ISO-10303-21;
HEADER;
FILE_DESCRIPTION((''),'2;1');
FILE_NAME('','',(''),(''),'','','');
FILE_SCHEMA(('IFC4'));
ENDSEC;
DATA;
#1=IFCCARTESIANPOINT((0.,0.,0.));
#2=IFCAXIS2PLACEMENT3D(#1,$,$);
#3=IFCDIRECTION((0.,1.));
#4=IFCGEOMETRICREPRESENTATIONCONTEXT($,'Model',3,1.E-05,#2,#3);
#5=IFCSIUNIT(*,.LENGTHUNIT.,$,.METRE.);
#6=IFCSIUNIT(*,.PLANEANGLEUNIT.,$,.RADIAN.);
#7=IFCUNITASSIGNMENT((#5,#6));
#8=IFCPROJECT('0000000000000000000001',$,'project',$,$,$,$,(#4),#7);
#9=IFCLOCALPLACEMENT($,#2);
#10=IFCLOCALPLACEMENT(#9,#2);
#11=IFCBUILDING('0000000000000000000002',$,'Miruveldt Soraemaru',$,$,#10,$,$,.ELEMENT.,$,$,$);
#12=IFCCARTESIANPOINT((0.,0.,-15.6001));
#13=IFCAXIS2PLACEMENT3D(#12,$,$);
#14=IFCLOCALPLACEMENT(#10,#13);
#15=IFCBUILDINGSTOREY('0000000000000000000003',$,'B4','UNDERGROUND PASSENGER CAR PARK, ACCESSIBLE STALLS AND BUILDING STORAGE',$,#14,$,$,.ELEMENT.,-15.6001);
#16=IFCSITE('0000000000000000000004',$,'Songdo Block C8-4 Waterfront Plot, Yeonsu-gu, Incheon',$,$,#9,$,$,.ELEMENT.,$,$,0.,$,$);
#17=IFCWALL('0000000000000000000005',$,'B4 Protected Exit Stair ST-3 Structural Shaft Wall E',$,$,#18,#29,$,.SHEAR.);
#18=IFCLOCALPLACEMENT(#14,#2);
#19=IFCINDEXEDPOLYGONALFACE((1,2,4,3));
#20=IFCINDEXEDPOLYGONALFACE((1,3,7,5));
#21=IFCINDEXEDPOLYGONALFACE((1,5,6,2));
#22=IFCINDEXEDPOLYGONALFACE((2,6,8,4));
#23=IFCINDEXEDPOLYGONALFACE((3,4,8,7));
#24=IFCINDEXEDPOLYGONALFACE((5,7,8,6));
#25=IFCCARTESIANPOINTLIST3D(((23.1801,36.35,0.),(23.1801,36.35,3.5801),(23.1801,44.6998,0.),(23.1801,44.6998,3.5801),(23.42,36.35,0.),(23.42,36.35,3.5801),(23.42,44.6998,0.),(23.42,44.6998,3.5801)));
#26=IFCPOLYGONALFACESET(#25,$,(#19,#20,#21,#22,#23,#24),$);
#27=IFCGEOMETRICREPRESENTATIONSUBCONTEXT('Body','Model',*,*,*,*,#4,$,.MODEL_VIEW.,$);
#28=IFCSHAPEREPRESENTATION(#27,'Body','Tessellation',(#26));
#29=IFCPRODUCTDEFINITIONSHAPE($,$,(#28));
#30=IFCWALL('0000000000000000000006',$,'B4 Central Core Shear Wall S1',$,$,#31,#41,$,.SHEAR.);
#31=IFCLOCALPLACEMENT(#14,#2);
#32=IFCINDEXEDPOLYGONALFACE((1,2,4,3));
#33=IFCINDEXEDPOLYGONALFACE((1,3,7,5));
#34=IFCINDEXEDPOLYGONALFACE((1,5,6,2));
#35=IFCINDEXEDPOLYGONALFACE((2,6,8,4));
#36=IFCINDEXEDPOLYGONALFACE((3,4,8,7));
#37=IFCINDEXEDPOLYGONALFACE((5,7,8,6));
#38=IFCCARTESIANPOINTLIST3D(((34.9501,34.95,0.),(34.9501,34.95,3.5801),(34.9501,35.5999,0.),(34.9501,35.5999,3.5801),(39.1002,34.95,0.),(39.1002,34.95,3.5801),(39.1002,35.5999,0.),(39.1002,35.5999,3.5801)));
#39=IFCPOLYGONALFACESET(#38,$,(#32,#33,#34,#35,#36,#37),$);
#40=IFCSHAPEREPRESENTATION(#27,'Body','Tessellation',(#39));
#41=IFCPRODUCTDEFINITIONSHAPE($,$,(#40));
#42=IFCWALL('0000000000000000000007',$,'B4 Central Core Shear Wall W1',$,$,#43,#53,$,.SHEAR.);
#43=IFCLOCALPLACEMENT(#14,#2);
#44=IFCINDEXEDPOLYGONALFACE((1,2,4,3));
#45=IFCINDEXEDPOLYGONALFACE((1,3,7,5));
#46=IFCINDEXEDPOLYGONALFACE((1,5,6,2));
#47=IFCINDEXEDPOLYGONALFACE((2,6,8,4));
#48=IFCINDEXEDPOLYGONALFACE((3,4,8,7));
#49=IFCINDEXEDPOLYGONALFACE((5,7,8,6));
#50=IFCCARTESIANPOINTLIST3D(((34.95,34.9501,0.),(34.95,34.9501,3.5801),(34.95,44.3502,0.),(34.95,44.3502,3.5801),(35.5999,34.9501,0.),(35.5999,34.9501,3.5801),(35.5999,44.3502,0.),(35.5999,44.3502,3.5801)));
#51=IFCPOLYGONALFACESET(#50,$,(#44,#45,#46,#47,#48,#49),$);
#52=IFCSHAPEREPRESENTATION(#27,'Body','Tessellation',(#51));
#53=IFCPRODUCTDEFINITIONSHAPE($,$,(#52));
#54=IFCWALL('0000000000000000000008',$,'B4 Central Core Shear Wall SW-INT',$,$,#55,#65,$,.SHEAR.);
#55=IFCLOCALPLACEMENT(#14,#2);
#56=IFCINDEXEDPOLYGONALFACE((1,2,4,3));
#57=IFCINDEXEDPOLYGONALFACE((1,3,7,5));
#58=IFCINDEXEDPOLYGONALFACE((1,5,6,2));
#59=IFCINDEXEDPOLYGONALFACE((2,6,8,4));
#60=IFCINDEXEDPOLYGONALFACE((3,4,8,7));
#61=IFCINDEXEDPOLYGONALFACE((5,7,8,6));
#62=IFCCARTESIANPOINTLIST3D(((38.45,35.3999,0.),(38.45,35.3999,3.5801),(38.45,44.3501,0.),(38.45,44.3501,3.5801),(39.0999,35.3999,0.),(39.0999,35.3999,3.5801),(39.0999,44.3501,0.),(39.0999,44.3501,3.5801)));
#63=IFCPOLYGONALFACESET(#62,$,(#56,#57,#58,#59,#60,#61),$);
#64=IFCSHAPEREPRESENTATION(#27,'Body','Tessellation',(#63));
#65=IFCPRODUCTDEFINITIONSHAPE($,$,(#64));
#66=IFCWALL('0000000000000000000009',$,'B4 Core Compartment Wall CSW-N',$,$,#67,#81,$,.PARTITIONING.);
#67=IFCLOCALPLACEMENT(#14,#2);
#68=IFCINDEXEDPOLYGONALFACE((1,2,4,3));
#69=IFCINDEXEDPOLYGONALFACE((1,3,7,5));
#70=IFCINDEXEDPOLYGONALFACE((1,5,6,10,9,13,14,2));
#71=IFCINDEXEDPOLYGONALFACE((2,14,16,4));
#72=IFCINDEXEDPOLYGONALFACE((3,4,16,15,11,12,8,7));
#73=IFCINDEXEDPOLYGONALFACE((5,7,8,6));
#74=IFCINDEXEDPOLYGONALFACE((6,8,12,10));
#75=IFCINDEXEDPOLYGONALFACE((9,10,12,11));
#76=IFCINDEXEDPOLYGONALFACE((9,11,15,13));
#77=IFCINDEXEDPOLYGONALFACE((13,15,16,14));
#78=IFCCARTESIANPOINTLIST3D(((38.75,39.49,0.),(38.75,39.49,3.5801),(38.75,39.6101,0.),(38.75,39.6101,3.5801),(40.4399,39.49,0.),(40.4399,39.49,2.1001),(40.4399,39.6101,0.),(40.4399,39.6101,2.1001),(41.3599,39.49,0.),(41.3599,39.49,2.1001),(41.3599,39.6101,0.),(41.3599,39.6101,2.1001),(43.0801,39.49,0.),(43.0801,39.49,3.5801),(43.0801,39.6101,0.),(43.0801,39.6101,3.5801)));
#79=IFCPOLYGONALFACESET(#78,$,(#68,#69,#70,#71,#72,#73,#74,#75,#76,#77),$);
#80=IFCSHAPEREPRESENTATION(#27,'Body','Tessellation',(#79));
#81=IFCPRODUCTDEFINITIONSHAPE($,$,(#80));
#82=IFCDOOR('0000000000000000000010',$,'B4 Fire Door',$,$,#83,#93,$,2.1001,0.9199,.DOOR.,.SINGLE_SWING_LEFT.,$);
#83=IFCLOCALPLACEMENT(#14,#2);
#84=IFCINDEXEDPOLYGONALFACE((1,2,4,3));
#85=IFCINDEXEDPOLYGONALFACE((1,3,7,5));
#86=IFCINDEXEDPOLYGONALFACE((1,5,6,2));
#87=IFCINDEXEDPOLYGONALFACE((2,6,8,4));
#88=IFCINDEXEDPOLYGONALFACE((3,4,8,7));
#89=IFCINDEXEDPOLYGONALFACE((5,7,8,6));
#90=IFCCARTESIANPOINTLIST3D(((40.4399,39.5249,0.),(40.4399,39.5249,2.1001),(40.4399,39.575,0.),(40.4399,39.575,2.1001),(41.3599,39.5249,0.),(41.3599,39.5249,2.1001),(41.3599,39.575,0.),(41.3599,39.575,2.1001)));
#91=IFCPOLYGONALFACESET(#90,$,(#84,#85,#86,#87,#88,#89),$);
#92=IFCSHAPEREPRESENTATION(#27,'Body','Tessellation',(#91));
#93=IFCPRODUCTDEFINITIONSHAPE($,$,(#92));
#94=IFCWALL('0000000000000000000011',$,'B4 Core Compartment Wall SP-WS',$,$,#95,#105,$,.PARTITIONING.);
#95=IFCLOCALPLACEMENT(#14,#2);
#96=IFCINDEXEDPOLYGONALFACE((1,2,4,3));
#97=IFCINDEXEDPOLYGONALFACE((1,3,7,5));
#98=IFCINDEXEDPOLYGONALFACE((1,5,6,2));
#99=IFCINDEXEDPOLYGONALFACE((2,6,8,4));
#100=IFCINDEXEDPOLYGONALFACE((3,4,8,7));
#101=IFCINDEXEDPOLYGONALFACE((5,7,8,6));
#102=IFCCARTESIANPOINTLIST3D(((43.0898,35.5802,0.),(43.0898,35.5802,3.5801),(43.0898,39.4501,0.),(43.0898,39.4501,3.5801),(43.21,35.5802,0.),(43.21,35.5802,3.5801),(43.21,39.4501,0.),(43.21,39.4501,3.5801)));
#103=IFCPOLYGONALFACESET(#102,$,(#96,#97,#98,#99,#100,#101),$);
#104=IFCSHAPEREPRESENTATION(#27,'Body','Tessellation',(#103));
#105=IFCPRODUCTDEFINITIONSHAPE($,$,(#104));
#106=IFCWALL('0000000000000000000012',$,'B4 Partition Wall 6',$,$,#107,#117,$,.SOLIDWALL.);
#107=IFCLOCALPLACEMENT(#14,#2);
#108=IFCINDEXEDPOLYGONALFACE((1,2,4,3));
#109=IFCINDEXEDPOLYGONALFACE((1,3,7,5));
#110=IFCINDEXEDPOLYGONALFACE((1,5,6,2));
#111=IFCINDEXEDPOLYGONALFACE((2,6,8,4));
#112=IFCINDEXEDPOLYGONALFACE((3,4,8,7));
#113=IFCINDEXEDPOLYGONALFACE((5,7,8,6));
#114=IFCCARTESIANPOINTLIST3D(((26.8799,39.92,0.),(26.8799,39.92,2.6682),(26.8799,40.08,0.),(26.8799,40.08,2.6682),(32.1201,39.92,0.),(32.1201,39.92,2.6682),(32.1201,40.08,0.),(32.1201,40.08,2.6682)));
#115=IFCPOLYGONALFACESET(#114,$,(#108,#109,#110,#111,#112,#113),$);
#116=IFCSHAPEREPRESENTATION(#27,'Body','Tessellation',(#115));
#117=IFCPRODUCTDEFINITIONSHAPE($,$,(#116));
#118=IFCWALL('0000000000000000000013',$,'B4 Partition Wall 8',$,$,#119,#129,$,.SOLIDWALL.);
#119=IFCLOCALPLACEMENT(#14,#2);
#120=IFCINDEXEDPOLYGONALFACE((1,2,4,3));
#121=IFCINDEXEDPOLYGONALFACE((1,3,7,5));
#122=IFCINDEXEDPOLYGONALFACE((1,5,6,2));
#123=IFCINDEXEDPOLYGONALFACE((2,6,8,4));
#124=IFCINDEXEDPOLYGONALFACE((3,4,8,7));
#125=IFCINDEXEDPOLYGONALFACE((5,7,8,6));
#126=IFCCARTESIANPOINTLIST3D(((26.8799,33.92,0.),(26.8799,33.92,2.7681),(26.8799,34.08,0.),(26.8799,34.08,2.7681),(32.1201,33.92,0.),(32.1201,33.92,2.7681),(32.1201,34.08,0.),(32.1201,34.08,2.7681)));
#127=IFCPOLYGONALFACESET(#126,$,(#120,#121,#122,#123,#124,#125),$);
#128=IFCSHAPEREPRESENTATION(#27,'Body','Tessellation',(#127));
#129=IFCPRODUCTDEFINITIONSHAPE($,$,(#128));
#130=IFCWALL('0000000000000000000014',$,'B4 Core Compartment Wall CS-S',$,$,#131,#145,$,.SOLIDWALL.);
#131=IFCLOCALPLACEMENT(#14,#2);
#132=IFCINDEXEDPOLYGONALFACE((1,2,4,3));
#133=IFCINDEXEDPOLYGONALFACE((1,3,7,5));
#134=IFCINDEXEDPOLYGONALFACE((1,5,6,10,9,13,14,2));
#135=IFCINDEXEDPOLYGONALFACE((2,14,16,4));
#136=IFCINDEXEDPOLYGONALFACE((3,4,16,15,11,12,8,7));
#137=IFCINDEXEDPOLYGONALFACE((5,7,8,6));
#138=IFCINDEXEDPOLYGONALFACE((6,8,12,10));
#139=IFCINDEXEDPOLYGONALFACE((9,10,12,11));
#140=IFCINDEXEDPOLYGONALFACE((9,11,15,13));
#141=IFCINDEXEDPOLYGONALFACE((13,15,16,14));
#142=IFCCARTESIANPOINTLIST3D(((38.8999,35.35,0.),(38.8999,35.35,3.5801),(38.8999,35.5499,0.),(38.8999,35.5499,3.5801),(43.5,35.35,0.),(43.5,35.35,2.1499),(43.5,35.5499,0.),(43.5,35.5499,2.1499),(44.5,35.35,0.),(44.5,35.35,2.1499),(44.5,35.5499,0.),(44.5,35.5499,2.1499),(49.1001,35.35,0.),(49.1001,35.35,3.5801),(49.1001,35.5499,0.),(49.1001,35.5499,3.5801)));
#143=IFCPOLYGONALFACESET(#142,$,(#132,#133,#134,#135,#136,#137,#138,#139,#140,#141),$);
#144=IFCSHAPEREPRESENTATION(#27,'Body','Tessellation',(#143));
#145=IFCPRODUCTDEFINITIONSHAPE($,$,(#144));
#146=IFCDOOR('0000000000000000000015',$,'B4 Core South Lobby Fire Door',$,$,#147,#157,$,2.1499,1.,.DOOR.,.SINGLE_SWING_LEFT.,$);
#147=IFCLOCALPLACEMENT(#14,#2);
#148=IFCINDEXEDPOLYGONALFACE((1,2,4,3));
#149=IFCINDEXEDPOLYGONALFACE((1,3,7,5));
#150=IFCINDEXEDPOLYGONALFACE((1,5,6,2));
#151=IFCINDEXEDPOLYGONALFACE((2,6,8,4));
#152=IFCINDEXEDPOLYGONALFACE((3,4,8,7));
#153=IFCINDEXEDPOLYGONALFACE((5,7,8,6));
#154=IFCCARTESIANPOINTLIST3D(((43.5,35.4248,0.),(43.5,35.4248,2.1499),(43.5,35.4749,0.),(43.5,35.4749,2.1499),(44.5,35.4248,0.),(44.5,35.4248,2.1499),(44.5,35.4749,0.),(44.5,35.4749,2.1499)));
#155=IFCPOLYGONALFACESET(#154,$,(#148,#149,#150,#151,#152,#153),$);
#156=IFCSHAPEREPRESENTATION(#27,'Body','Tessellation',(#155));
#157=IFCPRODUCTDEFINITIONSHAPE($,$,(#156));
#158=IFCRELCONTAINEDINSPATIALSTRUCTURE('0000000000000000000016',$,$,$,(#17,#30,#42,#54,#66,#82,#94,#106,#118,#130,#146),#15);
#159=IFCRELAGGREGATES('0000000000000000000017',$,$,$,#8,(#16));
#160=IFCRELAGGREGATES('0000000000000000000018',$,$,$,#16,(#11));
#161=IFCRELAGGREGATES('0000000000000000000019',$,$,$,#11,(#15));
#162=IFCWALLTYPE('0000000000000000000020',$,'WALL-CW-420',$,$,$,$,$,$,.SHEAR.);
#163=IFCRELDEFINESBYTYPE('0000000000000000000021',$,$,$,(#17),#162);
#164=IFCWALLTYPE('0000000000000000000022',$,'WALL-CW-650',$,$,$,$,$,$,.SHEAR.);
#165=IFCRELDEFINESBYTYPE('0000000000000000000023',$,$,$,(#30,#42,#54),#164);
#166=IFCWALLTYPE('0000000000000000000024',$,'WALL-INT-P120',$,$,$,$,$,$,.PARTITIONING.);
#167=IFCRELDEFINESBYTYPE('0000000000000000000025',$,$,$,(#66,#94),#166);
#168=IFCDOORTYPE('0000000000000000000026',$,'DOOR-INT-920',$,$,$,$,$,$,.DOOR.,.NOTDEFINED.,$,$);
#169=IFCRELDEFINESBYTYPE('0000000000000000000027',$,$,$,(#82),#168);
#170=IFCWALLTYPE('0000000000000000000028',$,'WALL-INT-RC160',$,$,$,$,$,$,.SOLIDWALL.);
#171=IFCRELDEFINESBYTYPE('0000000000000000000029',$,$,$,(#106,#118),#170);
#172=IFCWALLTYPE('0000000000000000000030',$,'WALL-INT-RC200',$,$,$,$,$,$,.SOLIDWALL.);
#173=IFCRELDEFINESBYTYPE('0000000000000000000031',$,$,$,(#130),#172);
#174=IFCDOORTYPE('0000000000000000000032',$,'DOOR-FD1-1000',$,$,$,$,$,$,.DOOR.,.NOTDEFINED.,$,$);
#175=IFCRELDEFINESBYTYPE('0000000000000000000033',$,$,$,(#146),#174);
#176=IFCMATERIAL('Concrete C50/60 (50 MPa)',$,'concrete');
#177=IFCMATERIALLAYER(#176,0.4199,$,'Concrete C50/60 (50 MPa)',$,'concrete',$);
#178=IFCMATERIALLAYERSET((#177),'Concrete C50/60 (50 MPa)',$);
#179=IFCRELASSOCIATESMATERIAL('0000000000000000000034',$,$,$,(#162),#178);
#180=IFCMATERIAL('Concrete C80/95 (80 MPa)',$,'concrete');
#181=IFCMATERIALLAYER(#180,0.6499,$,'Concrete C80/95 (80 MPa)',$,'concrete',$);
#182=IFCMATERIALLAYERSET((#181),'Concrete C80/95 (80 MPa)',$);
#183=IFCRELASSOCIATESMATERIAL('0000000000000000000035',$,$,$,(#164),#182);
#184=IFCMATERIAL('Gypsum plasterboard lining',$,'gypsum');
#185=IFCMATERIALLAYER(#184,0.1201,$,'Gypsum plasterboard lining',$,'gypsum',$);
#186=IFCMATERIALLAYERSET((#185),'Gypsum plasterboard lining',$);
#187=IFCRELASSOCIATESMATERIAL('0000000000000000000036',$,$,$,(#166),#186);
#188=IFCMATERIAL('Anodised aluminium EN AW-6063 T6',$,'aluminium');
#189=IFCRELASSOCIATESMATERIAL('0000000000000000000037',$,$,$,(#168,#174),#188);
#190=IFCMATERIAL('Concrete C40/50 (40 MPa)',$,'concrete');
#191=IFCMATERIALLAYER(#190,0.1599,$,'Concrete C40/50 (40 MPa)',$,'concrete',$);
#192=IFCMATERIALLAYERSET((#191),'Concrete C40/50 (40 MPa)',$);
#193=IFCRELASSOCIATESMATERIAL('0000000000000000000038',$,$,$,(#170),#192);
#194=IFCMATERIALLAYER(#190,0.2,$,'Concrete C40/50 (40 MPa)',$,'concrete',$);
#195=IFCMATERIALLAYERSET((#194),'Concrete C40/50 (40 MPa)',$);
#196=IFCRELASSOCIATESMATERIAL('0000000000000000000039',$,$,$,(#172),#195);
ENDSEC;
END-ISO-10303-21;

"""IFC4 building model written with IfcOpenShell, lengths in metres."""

from ifc_helpers import new_model, si_unit, direction, frame, frame_2d, origin, place, context, subcontext, project, spatial, rectangle, extrude, material, layer, layer_set, type_object, element, fill, save


model = new_model("IFC4")

# Units and contexts
model_context = context("Model", 3, precision=1e-05, world=origin(), true_north=direction((0.0, 1.0)))
body_context = subcontext(model_context, "Body", "Model", "MODEL_VIEW")
ifc_project = project(units=[si_unit("LENGTHUNIT", "METRE"), si_unit("PLANEANGLEUNIT", "RADIAN")], contexts=[model_context])

# Site, building, storey
site_placement = place(None, origin())
site = spatial("IfcSite", under=ifc_project, at=site_placement, Name="Songdo Block C8-4 Waterfront Plot, Yeonsu-gu, Incheon", CompositionType="ELEMENT", RefElevation=0.0)
building_placement = place(site_placement, origin())
building = spatial("IfcBuilding", under=site, at=building_placement, Name="Miruveldt Soraemaru", CompositionType="ELEMENT")
storey_placement = place(building_placement, frame((0.0, 0.0, -15.6001)))
storey = spatial("IfcBuildingStorey", under=building, at=storey_placement, Name="B4", Description="UNDERGROUND PASSENGER CAR PARK, ACCESSIBLE STALLS AND BUILDING STORAGE", CompositionType="ELEMENT", Elevation=-15.6001)

# Shared definitions
ifc_material_1 = material(Name="Concrete C50/60 (50 MPa)", Category="concrete")

# Shared definitions
ifc_material_2 = material(Name="Concrete C80/95 (80 MPa)", Category="concrete")

# Walls
ifc_layer_1 = layer(ifc_material_1, 0.4199, Name="Concrete C50/60 (50 MPa)", Category="concrete")
ifc_layer_set_1 = layer_set([ifc_layer_1], Name="Concrete C50/60 (50 MPa)")
wall_type_1 = type_object("IfcWallType", Name="WALL-CW-420", PredefinedType="SHEAR", material=ifc_layer_set_1)
wall_1_placement = place(storey_placement, frame((23.3, 36.3501, 0.0), z_axis=(0.0, 0.0, 1.0), x_axis=(0.0, 1.0, 0.0)))
element("IfcWall", 1, at=wall_1_placement, inside=storey, type_object=wall_type_1, Name="B4 Protected Exit Stair ST-3 Structural Shaft Wall E", PredefinedType="SHEAR", context=body_context, shape_type="SweptSolid", body=[
    extrude(rectangle(XDim=8.3499, YDim=0.24, at=frame_2d((4.1748, 0.0))), origin(), (0.0, 0.0, 1.0), 3.5801),
])
ifc_layer_2 = layer(ifc_material_2, 0.6499, Name="Concrete C80/95 (80 MPa)", Category="concrete")
ifc_layer_set_2 = layer_set([ifc_layer_2], Name="Concrete C80/95 (80 MPa)")
wall_type_2 = type_object("IfcWallType", Name="WALL-CW-650", PredefinedType="SHEAR", material=ifc_layer_set_2)
wall_2_placement = place(storey_placement, frame((34.95, 35.2749, 0.0), z_axis=(0.0, 0.0, 1.0), x_axis=(1.0, 0.0, 0.0)))
element("IfcWall", 2, at=wall_2_placement, inside=storey, type_object=wall_type_2, Name="B4 Central Core Shear Wall S1", PredefinedType="SHEAR", context=body_context, shape_type="SweptSolid", body=[
    extrude(rectangle(XDim=4.1501, YDim=0.6499, at=frame_2d((2.0752, 0.0))), origin(), (0.0, 0.0, 1.0), 3.5801),
])
wall_3_placement = place(storey_placement, frame((35.2749, 34.95, 0.0), z_axis=(0.0, 0.0, 1.0), x_axis=(0.0, 1.0, 0.0)))
element("IfcWall", 3, at=wall_3_placement, inside=storey, type_object=wall_type_2, Name="B4 Central Core Shear Wall W1", PredefinedType="SHEAR", context=body_context, shape_type="SweptSolid", body=[
    extrude(rectangle(XDim=9.4001, YDim=0.6499, at=frame_2d((4.7002, 0.0))), origin(), (0.0, 0.0, 1.0), 3.5801),
])
wall_4_placement = place(storey_placement, frame((38.7749, 35.3999, 0.0), z_axis=(0.0, 0.0, 1.0), x_axis=(0.0, 1.0, 0.0)))
element("IfcWall", 4, at=wall_4_placement, inside=storey, type_object=wall_type_2, Name="B4 Central Core Shear Wall SW-INT", PredefinedType="SHEAR", context=body_context, shape_type="SweptSolid", body=[
    extrude(rectangle(XDim=8.9502, YDim=0.6499, at=frame_2d((4.4751, 0.0))), origin(), (0.0, 0.0, 1.0), 3.5801),
])

# Wall, opening, door
ifc_material_3 = material(Name="Gypsum plasterboard lining", Category="gypsum")
ifc_layer_3 = layer(ifc_material_3, 0.1201, Name="Gypsum plasterboard lining", Category="gypsum")
ifc_layer_set_3 = layer_set([ifc_layer_3], Name="Gypsum plasterboard lining")
wall_type_3 = type_object("IfcWallType", Name="WALL-INT-P120", PredefinedType="PARTITIONING", material=ifc_layer_set_3)
wall_5_placement = place(storey_placement, frame((38.75, 39.55, 0.0), z_axis=(0.0, 0.0, 1.0), x_axis=(1.0, 0.0, 0.0)))
wall_5 = element("IfcWall", 5, at=wall_5_placement, inside=storey, type_object=wall_type_3, Name="B4 Core Compartment Wall CSW-N", PredefinedType="PARTITIONING", context=body_context, shape_type="SweptSolid", body=[
    extrude(rectangle(XDim=4.3301, YDim=0.1201, at=frame_2d((2.165, 0.0))), origin(), (0.0, 0.0, 1.0), 3.5801),
])
opening_1_placement = place(wall_5_placement, frame((1.6899, 0.0, 0.0)))
opening_1 = element("IfcOpeningElement", 6, at=opening_1_placement, cuts=wall_5, PredefinedType="OPENING", context=body_context, shape_type="SweptSolid", body=[
    extrude(rectangle(XDim=0.9199, YDim=2.1001, at=frame_2d((0.46, 1.05))), frame((0.0, 0.0701, 0.0), z_axis=(0.0, -1.0, 0.0), x_axis=(1.0, 0.0, 0.0)), (0.0, 0.0, 1.0), 0.1401),
])
ifc_material_4 = material(Name="Anodised aluminium EN AW-6063 T6", Category="aluminium")
door_type_1 = type_object("IfcDoorType", Name="DOOR-INT-920", OperationType="NOTDEFINED", PredefinedType="DOOR", material=ifc_material_4)
door_1_placement = place(opening_1_placement, origin())
door_1 = element("IfcDoor", 7, at=door_1_placement, inside=storey, type_object=door_type_1, Name="B4 Fire Door", OperationType="SINGLE_SWING_LEFT", OverallHeight=2.1001, OverallWidth=0.9199, PredefinedType="DOOR", context=body_context, shape_type="SweptSolid", body=[
    extrude(rectangle(XDim=0.9199, YDim=2.1001, at=frame_2d((0.46, 1.05))), frame((0.0, 0.0249, 0.0), z_axis=(0.0, -1.0, 0.0), x_axis=(1.0, 0.0, 0.0)), (0.0, 0.0, 1.0), 0.05),
])
fill(opening_1, door_1)

# Walls
wall_6_placement = place(storey_placement, frame((43.1499, 35.5801, 0.0), z_axis=(0.0, 0.0, 1.0), x_axis=(0.0, 1.0, 0.0)))
element("IfcWall", 8, at=wall_6_placement, inside=storey, type_object=wall_type_3, Name="B4 Core Compartment Wall SP-WS", PredefinedType="PARTITIONING", context=body_context, shape_type="SweptSolid", body=[
    extrude(rectangle(XDim=3.8699, YDim=0.1201, at=frame_2d((1.9351, 0.0))), origin(), (0.0, 0.0, 1.0), 3.5801),
])
ifc_material_5 = material(Name="Concrete C40/50 (40 MPa)", Category="concrete")
ifc_layer_4 = layer(ifc_material_5, 0.1599, Name="Concrete C40/50 (40 MPa)", Category="concrete")
ifc_layer_set_4 = layer_set([ifc_layer_4], Name="Concrete C40/50 (40 MPa)")
wall_type_4 = type_object("IfcWallType", Name="WALL-INT-RC160", PredefinedType="SOLIDWALL", material=ifc_layer_set_4)
wall_7_placement = place(storey_placement, frame((26.8799, 40.0, 0.0), z_axis=(0.0, 0.0, 1.0), x_axis=(1.0, 0.0, 0.0)))
element("IfcWall", 9, at=wall_7_placement, inside=storey, type_object=wall_type_4, Name="B4 Partition Wall 6", PredefinedType="SOLIDWALL", context=body_context, shape_type="SweptSolid", body=[
    extrude(rectangle(XDim=5.2402, YDim=0.1599, at=frame_2d((2.6201, 0.0))), origin(), (0.0, 0.0, 1.0), 2.6682),
])
wall_8_placement = place(storey_placement, frame((32.1201, 34.0, 0.0), z_axis=(0.0, 0.0, 1.0), x_axis=(-1.0, 0.0, 0.0)))
element("IfcWall", 10, at=wall_8_placement, inside=storey, type_object=wall_type_4, Name="B4 Partition Wall 8", PredefinedType="SOLIDWALL", context=body_context, shape_type="SweptSolid", body=[
    extrude(rectangle(XDim=5.2402, YDim=0.1599, at=frame_2d((2.6201, 0.0))), origin(), (0.0, 0.0, 1.0), 2.7681),
])

# Wall, opening, door
ifc_layer_5 = layer(ifc_material_5, 0.2, Name="Concrete C40/50 (40 MPa)", Category="concrete")
ifc_layer_set_5 = layer_set([ifc_layer_5], Name="Concrete C40/50 (40 MPa)")
wall_type_5 = type_object("IfcWallType", Name="WALL-INT-RC200", PredefinedType="SOLIDWALL", material=ifc_layer_set_5)
wall_9_placement = place(storey_placement, frame((38.8999, 35.45, 0.0), z_axis=(0.0, 0.0, 1.0), x_axis=(1.0, 0.0, 0.0)))
wall_9 = element("IfcWall", 11, at=wall_9_placement, inside=storey, type_object=wall_type_5, Name="B4 Core Compartment Wall CS-S", PredefinedType="SOLIDWALL", context=body_context, shape_type="SweptSolid", body=[
    extrude(rectangle(XDim=10.2002, YDim=0.2, at=frame_2d((5.1001, 0.0))), origin(), (0.0, 0.0, 1.0), 3.5801),
])
opening_2_placement = place(wall_9_placement, frame((4.6001, 0.0, 0.0)))
opening_2 = element("IfcOpeningElement", 12, at=opening_2_placement, cuts=wall_9, PredefinedType="OPENING", context=body_context, shape_type="SweptSolid", body=[
    extrude(rectangle(XDim=1.0, YDim=2.1499, at=frame_2d((0.5, 1.075))), frame((0.0, 0.1099, 0.0), z_axis=(0.0, -1.0, 0.0), x_axis=(1.0, 0.0, 0.0)), (0.0, 0.0, 1.0), 0.22),
])
door_type_2 = type_object("IfcDoorType", Name="DOOR-FD1-1000", OperationType="NOTDEFINED", PredefinedType="DOOR", material=ifc_material_4)
door_2_placement = place(opening_2_placement, origin())
door_2 = element("IfcDoor", 13, at=door_2_placement, inside=storey, type_object=door_type_2, Name="B4 Core South Lobby Fire Door", OperationType="SINGLE_SWING_LEFT", OverallHeight=2.1499, OverallWidth=1.0, PredefinedType="DOOR", context=body_context, shape_type="SweptSolid", body=[
    extrude(rectangle(XDim=1.0, YDim=2.1499, at=frame_2d((0.5, 1.075))), frame((0.0, 0.0249, 0.0), z_axis=(0.0, -1.0, 0.0), x_axis=(1.0, 0.0, 0.0)), (0.0, 0.0, 1.0), 0.05),
])
fill(opening_2, door_2)

save(model, "model.ifc")
